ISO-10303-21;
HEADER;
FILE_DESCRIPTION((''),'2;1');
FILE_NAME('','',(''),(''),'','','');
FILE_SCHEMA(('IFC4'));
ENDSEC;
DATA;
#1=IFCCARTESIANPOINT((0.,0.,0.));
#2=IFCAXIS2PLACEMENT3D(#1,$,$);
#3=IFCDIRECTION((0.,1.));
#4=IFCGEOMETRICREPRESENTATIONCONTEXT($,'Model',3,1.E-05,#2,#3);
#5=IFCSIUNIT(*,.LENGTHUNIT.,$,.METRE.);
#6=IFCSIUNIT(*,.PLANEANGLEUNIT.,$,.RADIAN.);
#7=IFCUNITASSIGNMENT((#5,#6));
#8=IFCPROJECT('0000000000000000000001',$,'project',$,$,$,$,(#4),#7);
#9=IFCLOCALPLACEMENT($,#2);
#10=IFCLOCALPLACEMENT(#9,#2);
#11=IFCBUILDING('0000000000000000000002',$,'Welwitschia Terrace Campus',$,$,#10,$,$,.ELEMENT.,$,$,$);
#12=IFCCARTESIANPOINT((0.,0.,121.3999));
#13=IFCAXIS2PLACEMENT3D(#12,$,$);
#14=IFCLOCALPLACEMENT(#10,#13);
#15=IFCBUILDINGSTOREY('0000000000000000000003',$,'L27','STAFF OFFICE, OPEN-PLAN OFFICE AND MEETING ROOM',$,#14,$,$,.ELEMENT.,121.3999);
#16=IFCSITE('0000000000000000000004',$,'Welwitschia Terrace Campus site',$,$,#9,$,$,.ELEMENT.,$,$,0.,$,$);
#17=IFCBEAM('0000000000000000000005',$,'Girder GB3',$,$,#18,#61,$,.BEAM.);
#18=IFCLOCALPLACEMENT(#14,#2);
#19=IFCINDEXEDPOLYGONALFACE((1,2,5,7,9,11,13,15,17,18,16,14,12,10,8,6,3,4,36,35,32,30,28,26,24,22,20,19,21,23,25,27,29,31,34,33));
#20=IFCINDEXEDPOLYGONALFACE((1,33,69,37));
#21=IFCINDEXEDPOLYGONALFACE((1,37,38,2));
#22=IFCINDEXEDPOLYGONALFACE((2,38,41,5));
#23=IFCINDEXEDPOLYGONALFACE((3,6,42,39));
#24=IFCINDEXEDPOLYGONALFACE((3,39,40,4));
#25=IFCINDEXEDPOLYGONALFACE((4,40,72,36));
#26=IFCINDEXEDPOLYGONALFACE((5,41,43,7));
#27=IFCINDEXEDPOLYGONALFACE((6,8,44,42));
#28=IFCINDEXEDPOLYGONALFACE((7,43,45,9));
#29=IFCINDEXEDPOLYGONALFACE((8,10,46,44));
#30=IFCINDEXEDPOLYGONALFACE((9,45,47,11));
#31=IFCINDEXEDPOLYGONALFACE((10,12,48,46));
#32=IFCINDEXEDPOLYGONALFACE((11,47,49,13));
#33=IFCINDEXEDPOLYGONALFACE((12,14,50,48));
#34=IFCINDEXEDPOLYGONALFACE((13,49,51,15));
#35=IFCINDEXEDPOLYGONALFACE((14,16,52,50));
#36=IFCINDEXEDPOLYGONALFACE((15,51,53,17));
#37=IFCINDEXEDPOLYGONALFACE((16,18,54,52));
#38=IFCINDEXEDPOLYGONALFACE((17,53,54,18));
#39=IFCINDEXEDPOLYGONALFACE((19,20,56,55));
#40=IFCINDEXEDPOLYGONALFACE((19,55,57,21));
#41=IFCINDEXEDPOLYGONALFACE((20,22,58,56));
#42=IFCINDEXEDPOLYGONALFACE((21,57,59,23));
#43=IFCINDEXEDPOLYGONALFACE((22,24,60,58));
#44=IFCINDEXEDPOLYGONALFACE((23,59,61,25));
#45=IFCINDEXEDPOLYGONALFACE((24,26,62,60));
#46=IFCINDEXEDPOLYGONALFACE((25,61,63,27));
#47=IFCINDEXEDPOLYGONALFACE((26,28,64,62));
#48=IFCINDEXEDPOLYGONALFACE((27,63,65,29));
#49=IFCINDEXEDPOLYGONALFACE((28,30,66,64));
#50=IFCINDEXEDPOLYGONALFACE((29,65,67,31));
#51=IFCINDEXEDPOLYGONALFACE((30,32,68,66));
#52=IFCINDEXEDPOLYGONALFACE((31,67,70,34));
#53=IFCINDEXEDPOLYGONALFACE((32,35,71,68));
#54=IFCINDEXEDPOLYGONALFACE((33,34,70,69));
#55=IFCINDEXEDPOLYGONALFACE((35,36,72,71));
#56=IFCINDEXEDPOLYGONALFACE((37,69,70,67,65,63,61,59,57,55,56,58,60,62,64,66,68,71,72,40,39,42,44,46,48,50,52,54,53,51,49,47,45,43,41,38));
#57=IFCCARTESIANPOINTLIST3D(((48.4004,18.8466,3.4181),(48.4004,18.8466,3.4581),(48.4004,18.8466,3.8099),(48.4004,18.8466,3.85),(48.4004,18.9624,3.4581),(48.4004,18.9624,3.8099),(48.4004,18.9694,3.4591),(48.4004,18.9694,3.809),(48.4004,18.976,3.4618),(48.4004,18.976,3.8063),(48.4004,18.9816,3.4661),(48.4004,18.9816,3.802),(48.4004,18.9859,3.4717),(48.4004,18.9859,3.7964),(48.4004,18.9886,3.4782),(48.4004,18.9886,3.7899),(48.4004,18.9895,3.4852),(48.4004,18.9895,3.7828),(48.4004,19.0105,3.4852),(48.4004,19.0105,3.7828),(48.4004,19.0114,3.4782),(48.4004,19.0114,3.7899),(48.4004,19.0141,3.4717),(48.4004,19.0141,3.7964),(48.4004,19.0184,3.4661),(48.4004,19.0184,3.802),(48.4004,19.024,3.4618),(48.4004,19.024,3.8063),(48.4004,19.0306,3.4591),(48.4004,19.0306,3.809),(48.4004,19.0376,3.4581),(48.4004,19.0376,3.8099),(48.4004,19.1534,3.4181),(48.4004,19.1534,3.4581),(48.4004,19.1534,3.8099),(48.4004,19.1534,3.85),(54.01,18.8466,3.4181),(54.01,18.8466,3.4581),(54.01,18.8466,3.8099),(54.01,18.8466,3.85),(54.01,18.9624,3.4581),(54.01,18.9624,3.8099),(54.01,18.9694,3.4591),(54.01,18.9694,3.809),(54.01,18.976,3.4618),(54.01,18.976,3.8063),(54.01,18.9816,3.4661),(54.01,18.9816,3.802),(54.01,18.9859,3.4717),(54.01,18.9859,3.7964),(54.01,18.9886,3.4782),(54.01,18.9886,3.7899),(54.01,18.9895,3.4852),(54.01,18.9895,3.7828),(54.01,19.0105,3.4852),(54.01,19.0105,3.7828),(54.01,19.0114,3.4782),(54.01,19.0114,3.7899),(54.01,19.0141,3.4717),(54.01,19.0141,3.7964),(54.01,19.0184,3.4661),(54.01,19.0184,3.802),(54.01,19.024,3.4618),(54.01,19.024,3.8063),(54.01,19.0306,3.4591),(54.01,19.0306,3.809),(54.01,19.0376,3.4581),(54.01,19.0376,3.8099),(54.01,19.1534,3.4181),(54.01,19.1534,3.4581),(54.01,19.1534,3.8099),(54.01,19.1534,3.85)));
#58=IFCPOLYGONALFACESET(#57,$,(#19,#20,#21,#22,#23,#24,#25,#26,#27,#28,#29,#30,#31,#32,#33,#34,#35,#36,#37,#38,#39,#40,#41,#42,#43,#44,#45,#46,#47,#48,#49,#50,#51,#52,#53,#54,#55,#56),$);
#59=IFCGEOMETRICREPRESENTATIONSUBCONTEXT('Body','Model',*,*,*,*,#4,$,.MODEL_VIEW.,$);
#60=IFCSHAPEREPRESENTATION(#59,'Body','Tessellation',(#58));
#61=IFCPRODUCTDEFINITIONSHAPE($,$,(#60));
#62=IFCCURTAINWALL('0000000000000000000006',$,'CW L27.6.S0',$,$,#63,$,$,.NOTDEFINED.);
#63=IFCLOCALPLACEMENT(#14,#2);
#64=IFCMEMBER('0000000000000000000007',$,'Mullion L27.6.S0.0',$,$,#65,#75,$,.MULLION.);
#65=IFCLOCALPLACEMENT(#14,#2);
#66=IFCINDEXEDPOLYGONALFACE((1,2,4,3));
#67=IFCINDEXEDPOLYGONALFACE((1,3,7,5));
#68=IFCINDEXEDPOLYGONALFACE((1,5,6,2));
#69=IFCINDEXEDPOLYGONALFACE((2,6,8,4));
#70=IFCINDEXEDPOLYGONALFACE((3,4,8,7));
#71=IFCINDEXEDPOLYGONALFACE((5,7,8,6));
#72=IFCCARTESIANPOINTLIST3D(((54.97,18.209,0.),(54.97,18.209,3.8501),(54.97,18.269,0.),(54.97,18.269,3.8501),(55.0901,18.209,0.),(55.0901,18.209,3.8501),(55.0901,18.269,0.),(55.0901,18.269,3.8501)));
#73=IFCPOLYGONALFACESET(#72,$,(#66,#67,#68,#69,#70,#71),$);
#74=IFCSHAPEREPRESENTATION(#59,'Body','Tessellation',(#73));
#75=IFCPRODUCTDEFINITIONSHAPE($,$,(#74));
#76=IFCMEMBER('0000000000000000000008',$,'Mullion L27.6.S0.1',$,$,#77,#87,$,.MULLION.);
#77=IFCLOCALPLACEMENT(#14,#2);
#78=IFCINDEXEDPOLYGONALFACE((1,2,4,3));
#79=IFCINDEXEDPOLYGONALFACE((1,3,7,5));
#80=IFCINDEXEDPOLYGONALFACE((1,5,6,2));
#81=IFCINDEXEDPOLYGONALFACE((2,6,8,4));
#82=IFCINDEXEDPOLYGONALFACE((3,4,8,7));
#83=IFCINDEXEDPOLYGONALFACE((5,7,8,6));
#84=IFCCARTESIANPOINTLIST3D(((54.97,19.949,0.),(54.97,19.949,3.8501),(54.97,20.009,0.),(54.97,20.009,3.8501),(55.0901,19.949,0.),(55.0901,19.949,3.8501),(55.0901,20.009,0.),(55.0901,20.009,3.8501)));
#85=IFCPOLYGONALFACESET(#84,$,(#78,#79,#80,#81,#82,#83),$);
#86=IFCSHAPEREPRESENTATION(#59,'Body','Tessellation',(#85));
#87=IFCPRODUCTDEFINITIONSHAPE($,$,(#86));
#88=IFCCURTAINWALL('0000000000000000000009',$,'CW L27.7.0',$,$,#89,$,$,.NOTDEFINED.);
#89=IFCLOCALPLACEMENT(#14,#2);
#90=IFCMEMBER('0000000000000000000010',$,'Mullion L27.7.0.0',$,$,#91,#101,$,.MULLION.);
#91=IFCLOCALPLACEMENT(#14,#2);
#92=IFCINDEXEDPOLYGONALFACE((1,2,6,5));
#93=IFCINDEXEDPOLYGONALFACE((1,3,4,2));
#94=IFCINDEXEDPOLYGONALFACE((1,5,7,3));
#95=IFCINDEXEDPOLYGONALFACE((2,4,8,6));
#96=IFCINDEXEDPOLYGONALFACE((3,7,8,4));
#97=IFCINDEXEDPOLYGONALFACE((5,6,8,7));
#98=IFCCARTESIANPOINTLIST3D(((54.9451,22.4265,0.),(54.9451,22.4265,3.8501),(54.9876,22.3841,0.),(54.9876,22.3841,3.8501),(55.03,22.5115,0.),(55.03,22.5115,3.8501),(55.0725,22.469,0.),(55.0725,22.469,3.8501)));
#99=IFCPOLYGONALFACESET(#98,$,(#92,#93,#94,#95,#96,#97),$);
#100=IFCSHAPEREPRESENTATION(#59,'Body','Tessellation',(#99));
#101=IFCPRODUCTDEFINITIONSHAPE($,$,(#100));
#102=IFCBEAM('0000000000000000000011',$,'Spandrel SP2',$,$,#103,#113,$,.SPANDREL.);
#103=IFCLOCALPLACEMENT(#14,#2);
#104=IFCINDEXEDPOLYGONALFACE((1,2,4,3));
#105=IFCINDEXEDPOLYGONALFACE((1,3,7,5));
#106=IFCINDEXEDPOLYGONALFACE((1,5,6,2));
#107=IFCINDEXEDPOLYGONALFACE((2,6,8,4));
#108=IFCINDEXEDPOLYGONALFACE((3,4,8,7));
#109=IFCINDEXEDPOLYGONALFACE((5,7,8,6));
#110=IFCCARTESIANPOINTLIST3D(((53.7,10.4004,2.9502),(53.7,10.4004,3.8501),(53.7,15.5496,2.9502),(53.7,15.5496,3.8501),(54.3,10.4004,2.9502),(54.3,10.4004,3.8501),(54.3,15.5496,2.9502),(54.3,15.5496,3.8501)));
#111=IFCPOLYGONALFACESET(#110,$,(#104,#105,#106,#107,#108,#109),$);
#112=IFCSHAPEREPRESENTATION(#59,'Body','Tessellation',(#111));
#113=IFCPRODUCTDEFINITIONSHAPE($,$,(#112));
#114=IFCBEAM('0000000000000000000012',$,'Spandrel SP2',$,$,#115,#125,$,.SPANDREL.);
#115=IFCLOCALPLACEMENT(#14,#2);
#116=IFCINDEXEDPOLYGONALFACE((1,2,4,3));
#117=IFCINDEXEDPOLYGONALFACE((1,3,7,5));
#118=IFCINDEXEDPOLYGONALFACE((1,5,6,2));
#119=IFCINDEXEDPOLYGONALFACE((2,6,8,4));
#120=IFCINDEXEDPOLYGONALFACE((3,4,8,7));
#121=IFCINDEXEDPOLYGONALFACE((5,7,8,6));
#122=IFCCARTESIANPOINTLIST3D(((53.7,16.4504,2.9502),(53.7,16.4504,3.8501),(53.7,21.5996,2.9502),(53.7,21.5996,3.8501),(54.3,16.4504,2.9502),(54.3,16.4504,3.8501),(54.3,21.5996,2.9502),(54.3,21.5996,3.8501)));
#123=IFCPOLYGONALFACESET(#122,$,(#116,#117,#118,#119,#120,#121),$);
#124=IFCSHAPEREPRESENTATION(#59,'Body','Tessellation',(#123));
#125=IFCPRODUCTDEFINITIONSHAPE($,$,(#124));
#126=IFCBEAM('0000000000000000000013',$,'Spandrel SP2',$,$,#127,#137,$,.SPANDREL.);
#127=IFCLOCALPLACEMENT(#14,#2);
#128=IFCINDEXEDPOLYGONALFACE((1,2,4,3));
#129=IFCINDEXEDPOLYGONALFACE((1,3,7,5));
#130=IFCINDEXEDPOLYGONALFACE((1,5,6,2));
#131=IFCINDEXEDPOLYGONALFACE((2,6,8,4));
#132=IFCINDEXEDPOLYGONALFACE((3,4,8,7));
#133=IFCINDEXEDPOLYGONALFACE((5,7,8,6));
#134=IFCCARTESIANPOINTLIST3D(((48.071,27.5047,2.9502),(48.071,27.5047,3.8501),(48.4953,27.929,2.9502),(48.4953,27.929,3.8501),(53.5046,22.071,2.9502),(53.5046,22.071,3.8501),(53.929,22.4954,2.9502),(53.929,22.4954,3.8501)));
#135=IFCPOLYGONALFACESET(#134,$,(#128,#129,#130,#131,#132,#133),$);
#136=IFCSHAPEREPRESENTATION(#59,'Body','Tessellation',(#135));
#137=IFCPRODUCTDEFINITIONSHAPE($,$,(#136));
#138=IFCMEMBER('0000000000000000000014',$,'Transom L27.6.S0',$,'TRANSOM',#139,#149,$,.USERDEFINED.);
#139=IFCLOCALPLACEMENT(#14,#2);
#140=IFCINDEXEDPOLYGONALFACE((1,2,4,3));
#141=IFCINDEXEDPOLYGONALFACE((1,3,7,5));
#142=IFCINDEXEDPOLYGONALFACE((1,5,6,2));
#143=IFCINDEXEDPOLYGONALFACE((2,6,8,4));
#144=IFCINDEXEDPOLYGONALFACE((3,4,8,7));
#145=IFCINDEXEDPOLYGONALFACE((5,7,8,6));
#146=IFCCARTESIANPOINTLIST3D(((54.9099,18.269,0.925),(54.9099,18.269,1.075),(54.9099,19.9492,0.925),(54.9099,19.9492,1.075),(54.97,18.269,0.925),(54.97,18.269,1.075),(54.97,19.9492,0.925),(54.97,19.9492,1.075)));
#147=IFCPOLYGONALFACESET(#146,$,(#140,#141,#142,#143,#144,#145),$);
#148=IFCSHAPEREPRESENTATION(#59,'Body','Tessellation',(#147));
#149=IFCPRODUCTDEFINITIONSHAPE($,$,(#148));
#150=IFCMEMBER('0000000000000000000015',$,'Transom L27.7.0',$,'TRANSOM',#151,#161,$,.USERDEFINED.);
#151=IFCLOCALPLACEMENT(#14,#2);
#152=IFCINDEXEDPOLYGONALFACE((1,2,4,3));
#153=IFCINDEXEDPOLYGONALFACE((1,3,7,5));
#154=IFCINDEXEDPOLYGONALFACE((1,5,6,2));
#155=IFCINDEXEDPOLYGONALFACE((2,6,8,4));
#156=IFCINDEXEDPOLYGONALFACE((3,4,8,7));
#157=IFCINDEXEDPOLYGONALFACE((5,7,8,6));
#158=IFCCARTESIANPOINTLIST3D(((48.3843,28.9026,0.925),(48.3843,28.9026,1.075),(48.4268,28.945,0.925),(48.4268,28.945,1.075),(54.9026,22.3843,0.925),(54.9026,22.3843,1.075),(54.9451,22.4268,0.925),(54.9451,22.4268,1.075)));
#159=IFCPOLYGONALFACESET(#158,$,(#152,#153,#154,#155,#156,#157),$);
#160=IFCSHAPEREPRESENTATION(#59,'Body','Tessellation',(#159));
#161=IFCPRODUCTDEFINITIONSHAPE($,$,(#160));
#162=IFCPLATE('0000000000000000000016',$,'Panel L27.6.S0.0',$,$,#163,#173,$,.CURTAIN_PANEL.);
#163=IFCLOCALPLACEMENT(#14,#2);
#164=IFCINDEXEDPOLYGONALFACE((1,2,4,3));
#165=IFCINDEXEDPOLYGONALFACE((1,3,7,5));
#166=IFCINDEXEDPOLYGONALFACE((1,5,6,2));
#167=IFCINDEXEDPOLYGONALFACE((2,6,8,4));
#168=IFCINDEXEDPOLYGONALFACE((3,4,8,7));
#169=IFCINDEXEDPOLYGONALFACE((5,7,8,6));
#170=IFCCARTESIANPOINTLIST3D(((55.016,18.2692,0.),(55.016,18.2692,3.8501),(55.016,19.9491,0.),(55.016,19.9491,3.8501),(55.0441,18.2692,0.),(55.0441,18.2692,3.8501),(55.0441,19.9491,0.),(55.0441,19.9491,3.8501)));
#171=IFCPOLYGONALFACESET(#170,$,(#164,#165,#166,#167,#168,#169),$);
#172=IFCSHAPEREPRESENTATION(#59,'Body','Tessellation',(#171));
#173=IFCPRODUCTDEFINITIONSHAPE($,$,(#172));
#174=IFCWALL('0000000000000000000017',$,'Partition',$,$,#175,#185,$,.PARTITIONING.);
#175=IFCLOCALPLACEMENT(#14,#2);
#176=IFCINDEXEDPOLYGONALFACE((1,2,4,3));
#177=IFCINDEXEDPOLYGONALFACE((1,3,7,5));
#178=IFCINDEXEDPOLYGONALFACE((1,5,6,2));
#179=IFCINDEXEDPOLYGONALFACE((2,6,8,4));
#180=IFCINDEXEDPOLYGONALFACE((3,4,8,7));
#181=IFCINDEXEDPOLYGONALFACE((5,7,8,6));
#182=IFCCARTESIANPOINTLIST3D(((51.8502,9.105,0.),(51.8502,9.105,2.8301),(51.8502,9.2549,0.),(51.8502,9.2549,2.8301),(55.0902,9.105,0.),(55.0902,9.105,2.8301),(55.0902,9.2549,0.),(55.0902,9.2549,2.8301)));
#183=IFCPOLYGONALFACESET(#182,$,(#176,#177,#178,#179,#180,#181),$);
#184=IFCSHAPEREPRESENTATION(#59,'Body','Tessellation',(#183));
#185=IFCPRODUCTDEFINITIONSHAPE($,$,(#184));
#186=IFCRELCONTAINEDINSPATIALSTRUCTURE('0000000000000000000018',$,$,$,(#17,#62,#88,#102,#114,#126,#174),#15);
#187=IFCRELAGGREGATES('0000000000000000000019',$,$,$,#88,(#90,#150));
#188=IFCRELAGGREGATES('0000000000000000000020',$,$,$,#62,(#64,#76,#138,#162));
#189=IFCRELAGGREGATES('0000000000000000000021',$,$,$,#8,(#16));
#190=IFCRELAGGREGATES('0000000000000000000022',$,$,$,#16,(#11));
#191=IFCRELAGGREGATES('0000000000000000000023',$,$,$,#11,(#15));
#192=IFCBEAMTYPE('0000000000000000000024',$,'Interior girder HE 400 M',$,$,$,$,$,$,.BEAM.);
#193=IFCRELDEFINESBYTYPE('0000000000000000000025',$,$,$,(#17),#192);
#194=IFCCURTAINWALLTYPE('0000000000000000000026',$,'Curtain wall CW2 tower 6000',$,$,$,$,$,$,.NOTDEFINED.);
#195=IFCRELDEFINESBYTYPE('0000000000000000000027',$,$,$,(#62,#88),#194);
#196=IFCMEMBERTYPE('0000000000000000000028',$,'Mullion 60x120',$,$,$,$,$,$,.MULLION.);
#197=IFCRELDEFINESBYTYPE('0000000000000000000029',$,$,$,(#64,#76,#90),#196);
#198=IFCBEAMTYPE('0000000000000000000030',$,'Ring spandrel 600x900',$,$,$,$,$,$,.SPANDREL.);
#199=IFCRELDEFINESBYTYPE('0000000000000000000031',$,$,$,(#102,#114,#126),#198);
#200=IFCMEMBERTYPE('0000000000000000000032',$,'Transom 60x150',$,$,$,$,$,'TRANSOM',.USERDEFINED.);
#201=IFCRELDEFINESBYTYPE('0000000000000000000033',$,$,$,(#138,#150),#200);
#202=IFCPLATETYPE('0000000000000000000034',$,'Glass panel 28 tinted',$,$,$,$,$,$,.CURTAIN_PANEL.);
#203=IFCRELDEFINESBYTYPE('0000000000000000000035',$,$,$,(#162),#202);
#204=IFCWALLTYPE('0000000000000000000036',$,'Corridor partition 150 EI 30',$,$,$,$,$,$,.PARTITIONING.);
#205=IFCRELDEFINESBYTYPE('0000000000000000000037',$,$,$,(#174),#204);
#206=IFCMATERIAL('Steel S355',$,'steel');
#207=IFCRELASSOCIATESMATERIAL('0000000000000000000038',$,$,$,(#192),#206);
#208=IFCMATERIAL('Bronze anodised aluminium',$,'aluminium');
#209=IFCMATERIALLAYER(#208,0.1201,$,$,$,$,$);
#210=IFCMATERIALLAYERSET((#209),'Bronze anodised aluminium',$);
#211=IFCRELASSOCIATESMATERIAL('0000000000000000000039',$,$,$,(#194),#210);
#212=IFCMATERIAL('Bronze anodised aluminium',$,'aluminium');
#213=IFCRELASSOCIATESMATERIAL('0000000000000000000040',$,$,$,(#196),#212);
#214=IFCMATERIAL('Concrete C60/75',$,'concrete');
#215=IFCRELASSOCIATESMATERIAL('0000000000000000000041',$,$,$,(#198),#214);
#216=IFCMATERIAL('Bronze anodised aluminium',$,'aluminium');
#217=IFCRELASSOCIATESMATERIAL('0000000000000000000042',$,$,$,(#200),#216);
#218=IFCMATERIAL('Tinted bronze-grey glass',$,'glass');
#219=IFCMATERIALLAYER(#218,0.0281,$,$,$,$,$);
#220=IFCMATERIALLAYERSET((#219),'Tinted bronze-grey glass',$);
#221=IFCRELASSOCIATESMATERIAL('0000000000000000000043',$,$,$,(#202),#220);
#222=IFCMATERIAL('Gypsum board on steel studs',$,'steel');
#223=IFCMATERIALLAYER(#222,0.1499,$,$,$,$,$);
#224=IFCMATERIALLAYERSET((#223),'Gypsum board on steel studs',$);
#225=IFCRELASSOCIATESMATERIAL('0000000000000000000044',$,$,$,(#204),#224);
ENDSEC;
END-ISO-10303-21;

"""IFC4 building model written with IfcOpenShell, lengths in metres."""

from ifc_helpers import new_model, si_unit, direction, frame, frame_2d, origin, origin_2d, place, context, subcontext, project, spatial, rectangle, i_section, extrude, material, layer, layer_set, material_profile, profile_set, type_object, element, aggregate, save


model = new_model("IFC4")

# Units and contexts
model_context = context("Model", 3, precision=1e-05, world=origin(), true_north=direction((0.0, 1.0)))
body_context = subcontext(model_context, "Body", "Model", "MODEL_VIEW")
ifc_project = project(units=[si_unit("LENGTHUNIT", "METRE"), si_unit("PLANEANGLEUNIT", "RADIAN")], contexts=[model_context])

# Site, building, storey
site_placement = place(None, origin())
site = spatial("IfcSite", under=ifc_project, at=site_placement, Name="Welwitschia Terrace Campus site", CompositionType="ELEMENT", RefElevation=0.0)
building_placement = place(site_placement, origin())
building = spatial("IfcBuilding", under=site, at=building_placement, Name="Welwitschia Terrace Campus", CompositionType="ELEMENT")
storey_placement = place(building_placement, frame((0.0, 0.0, 121.3999)))
storey = spatial("IfcBuildingStorey", under=building, at=storey_placement, Name="L27", Description="STAFF OFFICE, OPEN-PLAN OFFICE AND MEETING ROOM", CompositionType="ELEMENT", Elevation=121.3999)

# Beam
ifc_material_1 = material(Name="Steel S355", Category="steel")
ifc_material_profile_1 = material_profile(ifc_material_1, i_section(OverallWidth=0.3069, OverallDepth=0.4319, WebThickness=0.021, FlangeThickness=0.04, FilletRadius=0.0271, at=origin_2d()))
ifc_profile_set_1 = profile_set([ifc_material_profile_1], Name="Steel S355")
beam_type_1 = type_object("IfcBeamType", Name="Interior girder HE 400 M", PredefinedType="BEAM", material=ifc_profile_set_1)
for number, where, z_axis, x_axis, name in (
    (1, (48.4004, 19.0, 3.634), (1.0, 0.0, 0.0), (0.0, 1.0, 0.0), "Girder GB3"),
):
    element("IfcBeam", number, at=place(storey_placement, frame(where, z_axis=z_axis, x_axis=x_axis)), inside=storey, type_object=beam_type_1, Name=name, PredefinedType="BEAM", context=body_context, shape_type="SweptSolid", body=[
        extrude(i_section(OverallWidth=0.3069, OverallDepth=0.4319, WebThickness=0.021, FlangeThickness=0.04, FilletRadius=0.0271, at=origin_2d()), origin(), (0.0, 0.0, 1.0), 5.6096),
    ])

# Curtain wall, members
ifc_material_2 = material(Name="Bronze anodised aluminium", Category="aluminium")
ifc_layer_1 = layer(ifc_material_2, 0.1201)
ifc_layer_set_1 = layer_set([ifc_layer_1], Name="Bronze anodised aluminium")
curtain_wall_type = type_object("IfcCurtainWallType", Name="Curtain wall CW2 tower 6000", PredefinedType="NOTDEFINED", material=ifc_layer_set_1)
curtain_wall_1_placement = place(storey_placement, origin())
curtain_wall_1 = element("IfcCurtainWall", 2, at=curtain_wall_1_placement, inside=storey, type_object=curtain_wall_type, Name="CW L27.6.S0", PredefinedType="NOTDEFINED")
ifc_material_3 = material(Name="Bronze anodised aluminium", Category="aluminium")
ifc_material_profile_2 = material_profile(ifc_material_3, rectangle(XDim=0.1201, YDim=0.0601, at=origin_2d()))
ifc_profile_set_2 = profile_set([ifc_material_profile_2], Name="Bronze anodised aluminium")
member_type_1 = type_object("IfcMemberType", Name="Mullion 60x120", PredefinedType="MULLION", material=ifc_profile_set_2)
member_1_placement = place(storey_placement, frame((55.03, 18.239, 0.0), z_axis=(0.0, 0.0, 1.0), x_axis=(-1.0, 0.0, 0.0)))
member_1 = element("IfcMember", 3, at=member_1_placement, type_object=member_type_1, Name="Mullion L27.6.S0.0", PredefinedType="MULLION", context=body_context, shape_type="SweptSolid", body=[
    extrude(rectangle(XDim=0.1201, YDim=0.0601, at=origin_2d()), origin(), (0.0, 0.0, 1.0), 3.8501),
])
member_2_placement = place(storey_placement, frame((55.03, 19.979, 0.0), z_axis=(0.0, 0.0, 1.0), x_axis=(-1.0, 0.0, 0.0)))
member_2 = element("IfcMember", 4, at=member_2_placement, type_object=member_type_1, Name="Mullion L27.6.S0.1", PredefinedType="MULLION", context=body_context, shape_type="SweptSolid", body=[
    extrude(rectangle(XDim=0.1201, YDim=0.0601, at=origin_2d()), origin(), (0.0, 0.0, 1.0), 3.8501),
])

# Curtain wall, member
curtain_wall_2_placement = place(storey_placement, origin())
curtain_wall_2 = element("IfcCurtainWall", 5, at=curtain_wall_2_placement, inside=storey, type_object=curtain_wall_type, Name="CW L27.7.0", PredefinedType="NOTDEFINED")
member_3_placement = place(storey_placement, frame((55.0088, 22.4478, 0.0), z_axis=(0.0, 0.0, 1.0), x_axis=(-0.707107, -0.707107, 0.0)))
member_3 = element("IfcMember", 6, at=member_3_placement, type_object=member_type_1, Name="Mullion L27.7.0.0", PredefinedType="MULLION", context=body_context, shape_type="SweptSolid", body=[
    extrude(rectangle(XDim=0.1201, YDim=0.0601, at=origin_2d()), origin(), (0.0, 0.0, 1.0), 3.8501),
])

# Beams
ifc_material_4 = material(Name="Concrete C60/75", Category="concrete")
ifc_material_profile_3 = material_profile(ifc_material_4, rectangle(XDim=0.6001, YDim=0.8999, at=origin_2d()))
ifc_profile_set_3 = profile_set([ifc_material_profile_3], Name="Concrete C60/75")
beam_type_2 = type_object("IfcBeamType", Name="Ring spandrel 600x900", PredefinedType="SPANDREL", material=ifc_profile_set_3)
for number, where, z_axis, x_axis, name in (
    (7, (54.0, 10.4004, 3.4001), (0.0, 1.0, 0.0), (-1.0, 0.0, 0.0), "Spandrel SP2"),
    (8, (54.0, 16.4504, 3.4001), (0.0, 1.0, 0.0), (-1.0, 0.0, 0.0), "Spandrel SP2"),
):
    element("IfcBeam", number, at=place(storey_placement, frame(where, z_axis=z_axis, x_axis=x_axis)), inside=storey, type_object=beam_type_2, Name=name, PredefinedType="SPANDREL", context=body_context, shape_type="SweptSolid", body=[
        extrude(rectangle(XDim=0.6001, YDim=0.8999, at=origin_2d()), origin(), (0.0, 0.0, 1.0), 5.1492),
    ])
beam_placement = place(storey_placement, frame((53.7168, 22.2832, 3.4001), z_axis=(-0.707107, 0.707107, 0.0), x_axis=(-0.707107, -0.707107, 0.0)))
element("IfcBeam", 9, at=beam_placement, inside=storey, type_object=beam_type_2, Name="Spandrel SP2", PredefinedType="SPANDREL", context=body_context, shape_type="SweptSolid", body=[
    extrude(rectangle(XDim=0.6001, YDim=0.8999, at=origin_2d()), origin(), (0.0, 0.0, 1.0), 7.6843),
])

# Members
ifc_material_5 = material(Name="Bronze anodised aluminium", Category="aluminium")
ifc_material_profile_4 = material_profile(ifc_material_5, rectangle(XDim=0.0601, YDim=0.1499, at=origin_2d()))
ifc_profile_set_4 = profile_set([ifc_material_profile_4], Name="Bronze anodised aluminium")
member_type_2 = type_object("IfcMemberType", Name="Transom 60x150", ElementType="TRANSOM", PredefinedType="USERDEFINED", material=ifc_profile_set_4)
member_4_placement = place(storey_placement, frame((54.9399, 18.269, 1.0), z_axis=(0.0, 1.0, 0.0), x_axis=(-1.0, 0.0, 0.0)))
member_4 = element("IfcMember", 10, at=member_4_placement, type_object=member_type_2, Name="Transom L27.6.S0", ObjectType="TRANSOM", PredefinedType="USERDEFINED", context=body_context, shape_type="SweptSolid", body=[
    extrude(rectangle(XDim=0.0601, YDim=0.1499, at=origin_2d()), origin(), (0.0, 0.0, 1.0), 1.6802),
])
member_5_placement = place(storey_placement, frame((54.9238, 22.4055, 1.0), z_axis=(-0.707107, 0.707107, 0.0), x_axis=(-0.707107, -0.707107, 0.0)))
member_5 = element("IfcMember", 11, at=member_5_placement, type_object=member_type_2, Name="Transom L27.7.0", ObjectType="TRANSOM", PredefinedType="USERDEFINED", context=body_context, shape_type="SweptSolid", body=[
    extrude(rectangle(XDim=0.0601, YDim=0.1499, at=origin_2d()), origin(), (0.0, 0.0, 1.0), 9.2183),
])
aggregate(curtain_wall_2, [member_3, member_5])

# Plate
ifc_material_6 = material(Name="Tinted bronze-grey glass", Category="glass")
ifc_layer_2 = layer(ifc_material_6, 0.0281)
ifc_layer_set_2 = layer_set([ifc_layer_2], Name="Tinted bronze-grey glass")
plate_type = type_object("IfcPlateType", Name="Glass panel 28 tinted", PredefinedType="CURTAIN_PANEL", material=ifc_layer_set_2)
plate_placement = place(storey_placement, frame((55.03, 19.1091, 0.0), z_axis=(0.0, 0.0, 1.0), x_axis=(0.0, 1.0, 0.0)))
plate = element("IfcPlate", 12, at=plate_placement, type_object=plate_type, Name="Panel L27.6.S0.0", PredefinedType="CURTAIN_PANEL", context=body_context, shape_type="SweptSolid", body=[
    extrude(rectangle(XDim=1.6799, YDim=0.0281, at=origin_2d()), origin(), (0.0, 0.0, 1.0), 3.8501),
])
aggregate(curtain_wall_1, [member_1, member_2, member_4, plate])

# Wall
ifc_material_7 = material(Name="Gypsum board on steel studs", Category="steel")
ifc_layer_3 = layer(ifc_material_7, 0.1499)
ifc_layer_set_3 = layer_set([ifc_layer_3], Name="Gypsum board on steel studs")
wall_type_1 = type_object("IfcWallType", Name="Corridor partition 150 EI 30", PredefinedType="PARTITIONING", material=ifc_layer_set_3)
wall_1_placement = place(storey_placement, frame((51.8501, 9.1799, 0.0), z_axis=(0.0, 0.0, 1.0), x_axis=(1.0, 0.0, 0.0)))
element("IfcWall", 13, at=wall_1_placement, inside=storey, type_object=wall_type_1, Name="Partition", PredefinedType="PARTITIONING", context=body_context, shape_type="SweptSolid", body=[
    extrude(rectangle(XDim=3.24, YDim=0.1499, at=frame_2d((1.6201, 0.0))), origin(), (0.0, 0.0, 1.0), 2.8301),
])

save(model, "model.ifc")
